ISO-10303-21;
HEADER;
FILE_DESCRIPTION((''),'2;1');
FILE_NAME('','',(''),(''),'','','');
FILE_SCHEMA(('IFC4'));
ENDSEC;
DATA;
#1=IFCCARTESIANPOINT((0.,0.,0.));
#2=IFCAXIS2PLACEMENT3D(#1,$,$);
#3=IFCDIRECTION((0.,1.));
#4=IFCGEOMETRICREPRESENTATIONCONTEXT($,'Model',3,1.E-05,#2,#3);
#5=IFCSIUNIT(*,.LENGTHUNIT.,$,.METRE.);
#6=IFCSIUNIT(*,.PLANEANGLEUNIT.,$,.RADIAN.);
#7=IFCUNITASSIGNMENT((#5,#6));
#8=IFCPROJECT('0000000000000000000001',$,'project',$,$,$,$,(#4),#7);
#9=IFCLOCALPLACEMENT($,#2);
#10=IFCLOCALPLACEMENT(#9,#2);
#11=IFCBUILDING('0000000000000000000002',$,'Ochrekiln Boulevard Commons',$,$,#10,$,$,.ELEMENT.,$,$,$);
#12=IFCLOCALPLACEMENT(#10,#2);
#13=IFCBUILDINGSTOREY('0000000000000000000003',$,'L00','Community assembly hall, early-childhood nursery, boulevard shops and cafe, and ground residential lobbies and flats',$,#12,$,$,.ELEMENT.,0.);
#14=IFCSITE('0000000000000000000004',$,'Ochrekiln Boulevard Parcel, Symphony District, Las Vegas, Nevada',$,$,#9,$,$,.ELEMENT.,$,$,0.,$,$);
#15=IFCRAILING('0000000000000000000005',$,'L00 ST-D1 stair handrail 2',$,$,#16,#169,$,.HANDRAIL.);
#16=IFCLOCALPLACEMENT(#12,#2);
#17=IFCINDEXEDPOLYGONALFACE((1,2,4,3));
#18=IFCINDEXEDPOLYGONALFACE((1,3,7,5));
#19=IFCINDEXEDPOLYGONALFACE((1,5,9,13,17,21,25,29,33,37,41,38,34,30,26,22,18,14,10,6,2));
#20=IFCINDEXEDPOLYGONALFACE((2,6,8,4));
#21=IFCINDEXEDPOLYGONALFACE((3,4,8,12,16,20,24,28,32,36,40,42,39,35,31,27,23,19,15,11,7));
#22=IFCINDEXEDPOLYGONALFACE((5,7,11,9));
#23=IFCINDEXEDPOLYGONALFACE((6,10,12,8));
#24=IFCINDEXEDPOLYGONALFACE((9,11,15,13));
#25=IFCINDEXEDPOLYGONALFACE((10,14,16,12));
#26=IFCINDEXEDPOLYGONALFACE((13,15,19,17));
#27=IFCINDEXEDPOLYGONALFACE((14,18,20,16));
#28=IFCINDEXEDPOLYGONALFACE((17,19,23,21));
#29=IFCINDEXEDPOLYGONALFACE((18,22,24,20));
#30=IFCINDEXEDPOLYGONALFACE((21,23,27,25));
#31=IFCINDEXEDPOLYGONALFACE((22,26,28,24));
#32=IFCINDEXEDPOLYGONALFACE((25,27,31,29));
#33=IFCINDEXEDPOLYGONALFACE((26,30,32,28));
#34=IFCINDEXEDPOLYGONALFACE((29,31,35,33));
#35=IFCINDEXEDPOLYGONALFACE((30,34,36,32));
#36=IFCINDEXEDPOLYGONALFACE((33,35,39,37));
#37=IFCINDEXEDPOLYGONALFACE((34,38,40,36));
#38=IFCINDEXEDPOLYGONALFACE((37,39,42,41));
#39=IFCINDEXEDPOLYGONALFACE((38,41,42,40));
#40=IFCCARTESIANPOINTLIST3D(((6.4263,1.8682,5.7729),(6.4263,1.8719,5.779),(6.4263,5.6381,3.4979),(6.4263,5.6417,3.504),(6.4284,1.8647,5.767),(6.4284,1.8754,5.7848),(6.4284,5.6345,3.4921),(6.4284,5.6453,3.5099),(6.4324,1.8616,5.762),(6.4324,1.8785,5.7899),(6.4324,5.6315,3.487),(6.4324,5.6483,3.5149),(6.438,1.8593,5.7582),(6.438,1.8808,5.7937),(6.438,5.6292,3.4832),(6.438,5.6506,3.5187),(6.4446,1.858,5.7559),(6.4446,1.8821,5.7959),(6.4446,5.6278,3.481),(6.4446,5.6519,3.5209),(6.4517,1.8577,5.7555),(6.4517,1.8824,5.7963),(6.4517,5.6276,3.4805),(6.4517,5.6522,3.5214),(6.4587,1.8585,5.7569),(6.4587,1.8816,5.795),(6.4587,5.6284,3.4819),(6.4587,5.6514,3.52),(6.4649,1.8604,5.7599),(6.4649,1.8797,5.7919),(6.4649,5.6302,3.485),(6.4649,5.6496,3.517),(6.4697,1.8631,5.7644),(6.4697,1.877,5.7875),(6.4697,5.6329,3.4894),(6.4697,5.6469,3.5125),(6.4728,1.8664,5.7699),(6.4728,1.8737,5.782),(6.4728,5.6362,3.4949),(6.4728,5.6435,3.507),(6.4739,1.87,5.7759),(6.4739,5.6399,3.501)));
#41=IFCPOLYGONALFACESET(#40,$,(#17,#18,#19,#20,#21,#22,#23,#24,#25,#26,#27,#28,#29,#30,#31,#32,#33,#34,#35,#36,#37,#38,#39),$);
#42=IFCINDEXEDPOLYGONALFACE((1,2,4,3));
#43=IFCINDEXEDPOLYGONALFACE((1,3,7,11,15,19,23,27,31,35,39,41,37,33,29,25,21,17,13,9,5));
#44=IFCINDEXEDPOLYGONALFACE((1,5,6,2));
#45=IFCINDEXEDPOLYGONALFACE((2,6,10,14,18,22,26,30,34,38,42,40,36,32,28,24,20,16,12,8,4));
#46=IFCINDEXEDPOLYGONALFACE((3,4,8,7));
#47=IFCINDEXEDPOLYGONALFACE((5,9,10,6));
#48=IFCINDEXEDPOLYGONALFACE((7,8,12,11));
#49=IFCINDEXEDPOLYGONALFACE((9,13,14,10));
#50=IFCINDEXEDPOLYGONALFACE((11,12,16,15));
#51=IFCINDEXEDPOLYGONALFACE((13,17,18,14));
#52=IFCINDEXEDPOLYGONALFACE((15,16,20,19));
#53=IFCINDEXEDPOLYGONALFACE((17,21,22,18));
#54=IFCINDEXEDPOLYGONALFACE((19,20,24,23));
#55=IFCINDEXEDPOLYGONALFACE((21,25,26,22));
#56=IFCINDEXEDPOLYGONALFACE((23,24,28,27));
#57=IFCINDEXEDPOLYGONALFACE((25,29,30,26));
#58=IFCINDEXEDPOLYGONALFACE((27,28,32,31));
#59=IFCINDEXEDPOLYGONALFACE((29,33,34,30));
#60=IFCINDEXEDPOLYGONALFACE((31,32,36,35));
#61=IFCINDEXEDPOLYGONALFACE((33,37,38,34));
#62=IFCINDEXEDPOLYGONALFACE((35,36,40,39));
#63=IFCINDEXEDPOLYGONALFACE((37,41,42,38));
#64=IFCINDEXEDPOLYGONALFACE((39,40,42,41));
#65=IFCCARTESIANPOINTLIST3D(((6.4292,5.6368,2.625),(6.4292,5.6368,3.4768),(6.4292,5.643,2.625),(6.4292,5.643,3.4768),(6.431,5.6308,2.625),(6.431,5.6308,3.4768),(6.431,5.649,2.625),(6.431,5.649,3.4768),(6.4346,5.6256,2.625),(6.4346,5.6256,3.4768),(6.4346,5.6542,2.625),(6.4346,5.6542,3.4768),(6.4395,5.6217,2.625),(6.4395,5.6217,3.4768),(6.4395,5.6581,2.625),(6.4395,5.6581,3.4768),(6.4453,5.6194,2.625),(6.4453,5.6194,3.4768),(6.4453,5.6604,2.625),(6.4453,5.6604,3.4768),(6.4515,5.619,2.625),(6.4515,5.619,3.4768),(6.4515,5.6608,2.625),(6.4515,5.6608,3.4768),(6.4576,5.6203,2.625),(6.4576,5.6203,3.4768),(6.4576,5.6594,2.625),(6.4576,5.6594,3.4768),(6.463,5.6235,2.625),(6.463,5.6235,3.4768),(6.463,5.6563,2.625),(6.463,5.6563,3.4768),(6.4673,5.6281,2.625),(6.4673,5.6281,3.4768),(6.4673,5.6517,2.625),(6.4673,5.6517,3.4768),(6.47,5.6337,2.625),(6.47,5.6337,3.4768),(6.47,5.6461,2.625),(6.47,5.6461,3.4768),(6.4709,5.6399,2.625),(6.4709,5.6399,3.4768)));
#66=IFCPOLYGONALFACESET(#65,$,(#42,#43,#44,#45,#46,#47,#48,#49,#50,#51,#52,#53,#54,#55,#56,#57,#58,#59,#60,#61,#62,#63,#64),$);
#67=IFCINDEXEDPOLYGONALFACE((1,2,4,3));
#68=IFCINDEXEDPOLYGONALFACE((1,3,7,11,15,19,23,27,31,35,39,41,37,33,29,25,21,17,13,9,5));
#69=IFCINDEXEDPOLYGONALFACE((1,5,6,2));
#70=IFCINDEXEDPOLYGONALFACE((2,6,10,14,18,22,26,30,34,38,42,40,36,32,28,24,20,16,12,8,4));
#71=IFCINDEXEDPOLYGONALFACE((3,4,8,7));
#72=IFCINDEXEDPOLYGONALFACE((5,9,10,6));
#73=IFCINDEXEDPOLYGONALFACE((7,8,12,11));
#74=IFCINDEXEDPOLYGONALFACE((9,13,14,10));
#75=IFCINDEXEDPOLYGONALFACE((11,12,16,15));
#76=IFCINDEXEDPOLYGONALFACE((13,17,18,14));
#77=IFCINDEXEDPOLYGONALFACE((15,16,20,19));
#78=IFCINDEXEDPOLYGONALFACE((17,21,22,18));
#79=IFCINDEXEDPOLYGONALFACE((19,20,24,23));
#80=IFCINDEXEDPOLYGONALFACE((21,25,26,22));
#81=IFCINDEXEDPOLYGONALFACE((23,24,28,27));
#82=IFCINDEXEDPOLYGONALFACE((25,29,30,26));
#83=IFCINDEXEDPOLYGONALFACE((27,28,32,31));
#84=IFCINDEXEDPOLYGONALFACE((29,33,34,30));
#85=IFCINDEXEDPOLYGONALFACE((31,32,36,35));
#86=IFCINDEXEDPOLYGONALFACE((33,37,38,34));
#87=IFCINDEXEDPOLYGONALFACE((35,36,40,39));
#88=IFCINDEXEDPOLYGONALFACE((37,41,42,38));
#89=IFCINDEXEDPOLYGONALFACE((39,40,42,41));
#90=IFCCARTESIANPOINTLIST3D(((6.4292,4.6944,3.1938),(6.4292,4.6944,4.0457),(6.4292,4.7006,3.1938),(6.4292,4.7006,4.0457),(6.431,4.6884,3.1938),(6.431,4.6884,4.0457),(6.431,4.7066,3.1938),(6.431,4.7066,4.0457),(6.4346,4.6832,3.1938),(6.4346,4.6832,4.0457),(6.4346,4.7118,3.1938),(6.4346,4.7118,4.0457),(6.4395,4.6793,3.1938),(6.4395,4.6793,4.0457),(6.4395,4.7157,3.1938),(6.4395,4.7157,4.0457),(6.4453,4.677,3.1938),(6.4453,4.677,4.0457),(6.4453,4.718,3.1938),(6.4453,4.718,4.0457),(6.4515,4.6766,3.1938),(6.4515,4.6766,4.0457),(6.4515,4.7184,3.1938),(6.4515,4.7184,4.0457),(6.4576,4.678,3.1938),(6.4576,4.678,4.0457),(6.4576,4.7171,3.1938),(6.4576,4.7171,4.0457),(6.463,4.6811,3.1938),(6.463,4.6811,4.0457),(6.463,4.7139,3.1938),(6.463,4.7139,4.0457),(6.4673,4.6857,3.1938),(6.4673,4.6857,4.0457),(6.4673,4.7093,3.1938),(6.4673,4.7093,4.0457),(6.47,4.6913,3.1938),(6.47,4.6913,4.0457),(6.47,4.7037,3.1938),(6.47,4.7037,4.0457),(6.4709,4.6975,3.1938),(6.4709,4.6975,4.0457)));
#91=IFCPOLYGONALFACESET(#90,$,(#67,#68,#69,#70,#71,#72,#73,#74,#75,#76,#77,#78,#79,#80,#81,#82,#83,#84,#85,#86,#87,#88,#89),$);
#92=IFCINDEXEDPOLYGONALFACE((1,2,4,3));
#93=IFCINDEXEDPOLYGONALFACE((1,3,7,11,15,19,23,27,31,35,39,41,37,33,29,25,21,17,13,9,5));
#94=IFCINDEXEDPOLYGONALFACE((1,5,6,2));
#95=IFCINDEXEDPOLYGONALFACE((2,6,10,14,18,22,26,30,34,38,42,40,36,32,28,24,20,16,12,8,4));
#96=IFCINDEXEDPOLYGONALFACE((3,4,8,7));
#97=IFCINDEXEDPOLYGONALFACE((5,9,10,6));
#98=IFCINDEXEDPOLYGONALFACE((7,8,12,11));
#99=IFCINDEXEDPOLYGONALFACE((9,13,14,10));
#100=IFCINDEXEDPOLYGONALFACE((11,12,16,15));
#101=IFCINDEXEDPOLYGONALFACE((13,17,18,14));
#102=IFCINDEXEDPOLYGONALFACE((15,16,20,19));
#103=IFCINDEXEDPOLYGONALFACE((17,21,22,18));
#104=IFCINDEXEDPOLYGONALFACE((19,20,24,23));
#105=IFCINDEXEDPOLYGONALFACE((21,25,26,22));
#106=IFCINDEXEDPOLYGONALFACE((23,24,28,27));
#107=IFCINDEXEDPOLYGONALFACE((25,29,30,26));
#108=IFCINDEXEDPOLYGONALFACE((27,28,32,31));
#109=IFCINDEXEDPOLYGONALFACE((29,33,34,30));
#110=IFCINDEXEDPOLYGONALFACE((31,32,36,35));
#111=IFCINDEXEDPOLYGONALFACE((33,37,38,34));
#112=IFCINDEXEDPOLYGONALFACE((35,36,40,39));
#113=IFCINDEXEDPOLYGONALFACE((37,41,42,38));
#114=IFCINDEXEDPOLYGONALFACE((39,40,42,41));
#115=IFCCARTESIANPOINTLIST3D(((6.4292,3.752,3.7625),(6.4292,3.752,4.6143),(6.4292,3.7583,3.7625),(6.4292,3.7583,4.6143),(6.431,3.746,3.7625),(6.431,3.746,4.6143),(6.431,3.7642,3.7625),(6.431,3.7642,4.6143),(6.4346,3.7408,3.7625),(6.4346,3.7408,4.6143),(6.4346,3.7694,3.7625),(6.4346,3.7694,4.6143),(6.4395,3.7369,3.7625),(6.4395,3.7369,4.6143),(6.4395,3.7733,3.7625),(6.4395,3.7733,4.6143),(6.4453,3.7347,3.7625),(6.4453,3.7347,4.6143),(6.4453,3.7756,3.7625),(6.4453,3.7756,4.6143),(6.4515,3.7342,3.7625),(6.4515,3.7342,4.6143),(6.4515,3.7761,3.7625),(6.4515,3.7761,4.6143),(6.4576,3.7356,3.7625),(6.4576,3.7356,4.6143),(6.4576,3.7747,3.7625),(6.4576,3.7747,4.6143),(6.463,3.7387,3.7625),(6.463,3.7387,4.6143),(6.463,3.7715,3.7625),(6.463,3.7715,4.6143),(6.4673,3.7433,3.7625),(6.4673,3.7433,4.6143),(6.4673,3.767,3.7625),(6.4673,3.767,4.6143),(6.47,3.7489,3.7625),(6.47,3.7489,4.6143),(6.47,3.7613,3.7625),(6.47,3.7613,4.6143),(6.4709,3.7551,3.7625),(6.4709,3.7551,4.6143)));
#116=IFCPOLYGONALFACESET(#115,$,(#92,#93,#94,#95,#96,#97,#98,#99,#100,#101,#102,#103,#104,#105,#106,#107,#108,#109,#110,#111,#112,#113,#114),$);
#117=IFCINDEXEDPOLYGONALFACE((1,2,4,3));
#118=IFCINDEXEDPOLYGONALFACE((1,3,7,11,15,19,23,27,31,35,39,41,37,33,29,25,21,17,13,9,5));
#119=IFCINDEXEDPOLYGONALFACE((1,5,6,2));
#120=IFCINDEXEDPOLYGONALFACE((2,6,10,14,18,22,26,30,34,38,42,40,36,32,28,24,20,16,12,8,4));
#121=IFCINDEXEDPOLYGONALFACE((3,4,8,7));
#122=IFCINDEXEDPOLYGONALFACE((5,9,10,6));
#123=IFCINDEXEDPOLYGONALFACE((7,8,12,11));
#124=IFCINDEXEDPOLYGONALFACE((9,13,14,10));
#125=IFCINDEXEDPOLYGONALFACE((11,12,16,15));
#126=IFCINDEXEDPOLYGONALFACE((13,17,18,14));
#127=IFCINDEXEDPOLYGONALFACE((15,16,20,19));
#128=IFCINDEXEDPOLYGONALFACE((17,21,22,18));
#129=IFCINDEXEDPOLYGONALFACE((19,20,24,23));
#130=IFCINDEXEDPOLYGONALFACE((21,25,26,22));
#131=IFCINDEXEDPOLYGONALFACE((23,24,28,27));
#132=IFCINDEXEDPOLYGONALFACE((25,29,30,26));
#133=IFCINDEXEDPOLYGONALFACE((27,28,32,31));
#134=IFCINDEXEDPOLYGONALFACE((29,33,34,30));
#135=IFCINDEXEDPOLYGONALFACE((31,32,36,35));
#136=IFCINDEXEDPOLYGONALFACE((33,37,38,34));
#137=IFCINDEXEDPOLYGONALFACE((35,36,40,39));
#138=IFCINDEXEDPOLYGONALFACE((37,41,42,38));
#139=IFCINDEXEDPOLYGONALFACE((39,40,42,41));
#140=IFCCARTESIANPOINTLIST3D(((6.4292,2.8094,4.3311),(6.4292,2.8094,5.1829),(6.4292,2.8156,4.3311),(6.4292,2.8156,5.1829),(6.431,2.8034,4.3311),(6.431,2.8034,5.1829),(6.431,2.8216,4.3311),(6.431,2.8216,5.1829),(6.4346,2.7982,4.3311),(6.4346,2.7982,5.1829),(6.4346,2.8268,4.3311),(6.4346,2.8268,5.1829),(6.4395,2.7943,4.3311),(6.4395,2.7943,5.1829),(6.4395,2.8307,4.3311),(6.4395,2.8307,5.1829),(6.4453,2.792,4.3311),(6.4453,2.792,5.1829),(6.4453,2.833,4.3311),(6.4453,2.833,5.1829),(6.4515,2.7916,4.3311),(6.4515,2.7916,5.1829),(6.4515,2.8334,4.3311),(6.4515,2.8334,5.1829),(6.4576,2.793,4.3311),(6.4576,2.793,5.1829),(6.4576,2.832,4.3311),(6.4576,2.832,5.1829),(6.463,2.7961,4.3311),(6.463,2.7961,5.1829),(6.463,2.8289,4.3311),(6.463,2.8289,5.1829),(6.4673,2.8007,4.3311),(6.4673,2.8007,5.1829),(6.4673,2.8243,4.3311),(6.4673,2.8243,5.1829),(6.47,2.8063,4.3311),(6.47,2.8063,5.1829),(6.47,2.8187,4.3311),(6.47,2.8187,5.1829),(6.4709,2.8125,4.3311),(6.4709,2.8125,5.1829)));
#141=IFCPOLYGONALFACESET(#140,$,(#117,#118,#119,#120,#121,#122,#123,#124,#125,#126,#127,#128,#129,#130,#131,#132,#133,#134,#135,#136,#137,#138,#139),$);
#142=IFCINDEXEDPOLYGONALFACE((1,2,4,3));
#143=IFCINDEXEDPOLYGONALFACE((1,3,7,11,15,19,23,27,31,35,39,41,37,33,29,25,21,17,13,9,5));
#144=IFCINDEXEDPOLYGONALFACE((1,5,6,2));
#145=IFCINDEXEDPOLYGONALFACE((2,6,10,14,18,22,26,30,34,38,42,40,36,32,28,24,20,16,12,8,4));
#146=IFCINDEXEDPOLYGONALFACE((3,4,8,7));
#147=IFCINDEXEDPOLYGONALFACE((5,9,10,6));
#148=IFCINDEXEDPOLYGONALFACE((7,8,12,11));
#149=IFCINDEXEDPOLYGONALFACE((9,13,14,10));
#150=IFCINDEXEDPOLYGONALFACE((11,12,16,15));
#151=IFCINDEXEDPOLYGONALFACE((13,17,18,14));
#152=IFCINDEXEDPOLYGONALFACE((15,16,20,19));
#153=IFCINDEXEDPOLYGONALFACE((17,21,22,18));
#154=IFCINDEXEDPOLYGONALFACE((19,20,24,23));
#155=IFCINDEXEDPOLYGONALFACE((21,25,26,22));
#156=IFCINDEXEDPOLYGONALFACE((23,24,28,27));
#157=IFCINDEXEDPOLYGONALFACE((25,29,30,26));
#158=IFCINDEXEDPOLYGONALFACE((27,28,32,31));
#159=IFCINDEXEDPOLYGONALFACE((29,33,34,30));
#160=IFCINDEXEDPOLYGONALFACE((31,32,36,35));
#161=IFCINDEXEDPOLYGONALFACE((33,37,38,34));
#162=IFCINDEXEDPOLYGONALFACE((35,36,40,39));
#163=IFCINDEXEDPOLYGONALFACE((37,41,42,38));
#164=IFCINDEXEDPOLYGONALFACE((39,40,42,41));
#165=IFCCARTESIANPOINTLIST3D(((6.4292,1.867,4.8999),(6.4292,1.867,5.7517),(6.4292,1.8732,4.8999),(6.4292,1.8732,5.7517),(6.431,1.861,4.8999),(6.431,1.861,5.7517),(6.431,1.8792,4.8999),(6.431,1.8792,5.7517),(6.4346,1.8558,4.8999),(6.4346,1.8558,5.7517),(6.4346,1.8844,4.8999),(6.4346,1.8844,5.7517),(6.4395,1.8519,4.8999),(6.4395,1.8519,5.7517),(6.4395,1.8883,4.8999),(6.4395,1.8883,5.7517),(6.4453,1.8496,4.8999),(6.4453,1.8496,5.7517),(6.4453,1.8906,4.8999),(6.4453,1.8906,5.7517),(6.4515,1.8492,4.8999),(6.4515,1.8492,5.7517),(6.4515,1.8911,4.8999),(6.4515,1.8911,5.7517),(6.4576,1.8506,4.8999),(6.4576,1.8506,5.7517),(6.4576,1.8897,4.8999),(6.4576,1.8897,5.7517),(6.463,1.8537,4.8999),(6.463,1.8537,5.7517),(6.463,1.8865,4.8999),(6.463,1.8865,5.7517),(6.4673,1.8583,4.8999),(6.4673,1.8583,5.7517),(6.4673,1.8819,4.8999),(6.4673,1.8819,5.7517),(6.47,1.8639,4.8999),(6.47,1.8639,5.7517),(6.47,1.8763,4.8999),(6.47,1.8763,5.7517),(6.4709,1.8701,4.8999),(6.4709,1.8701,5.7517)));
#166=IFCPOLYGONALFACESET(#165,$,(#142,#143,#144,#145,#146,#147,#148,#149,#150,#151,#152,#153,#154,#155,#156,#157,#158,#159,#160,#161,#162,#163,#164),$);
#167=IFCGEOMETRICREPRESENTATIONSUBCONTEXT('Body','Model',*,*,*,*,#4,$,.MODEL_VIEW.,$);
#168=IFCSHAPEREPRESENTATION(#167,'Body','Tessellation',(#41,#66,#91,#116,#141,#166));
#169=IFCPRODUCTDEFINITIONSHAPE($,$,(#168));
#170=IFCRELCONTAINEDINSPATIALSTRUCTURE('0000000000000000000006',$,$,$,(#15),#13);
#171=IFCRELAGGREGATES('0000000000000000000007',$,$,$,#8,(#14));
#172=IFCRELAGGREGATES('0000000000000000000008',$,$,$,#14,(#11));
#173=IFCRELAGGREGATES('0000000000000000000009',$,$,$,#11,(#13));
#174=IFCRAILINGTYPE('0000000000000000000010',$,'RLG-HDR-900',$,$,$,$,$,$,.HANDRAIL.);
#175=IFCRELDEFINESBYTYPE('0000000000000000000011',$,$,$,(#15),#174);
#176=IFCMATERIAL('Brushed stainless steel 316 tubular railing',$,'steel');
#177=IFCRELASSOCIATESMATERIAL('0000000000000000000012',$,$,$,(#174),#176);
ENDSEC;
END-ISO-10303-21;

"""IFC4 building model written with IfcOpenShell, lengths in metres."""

from ifc_helpers import new_model, si_unit, direction, frame, origin, origin_2d, place, context, subcontext, project, spatial, circle, extrude, material, type_object, element, save


model = new_model("IFC4")

# Units and contexts
model_context = context("Model", 3, precision=1e-05, world=origin(), true_north=direction((0.0, 1.0)))
body_context = subcontext(model_context, "Body", "Model", "MODEL_VIEW")
ifc_project = project(units=[si_unit("LENGTHUNIT", "METRE"), si_unit("PLANEANGLEUNIT", "RADIAN")], contexts=[model_context])

# Site, building, storey
site_placement = place(None, origin())
site = spatial("IfcSite", under=ifc_project, at=site_placement, Name="Ochrekiln Boulevard Parcel, Symphony District, Las Vegas, Nevada", CompositionType="ELEMENT", RefElevation=0.0)
building_placement = place(site_placement, origin())
building = spatial("IfcBuilding", under=site, at=building_placement, Name="Ochrekiln Boulevard Commons", CompositionType="ELEMENT")
storey_placement = place(building_placement, origin())
storey = spatial("IfcBuildingStorey", under=building, at=storey_placement, Name="L00", Description="Community assembly hall, early-childhood nursery, boulevard shops and cafe, and ground residential lobbies and flats", CompositionType="ELEMENT", Elevation=0.0)

# Railing
ifc_material_1 = material(Name="Brushed stainless steel 316 tubular railing", Category="steel")
railing_type_1 = type_object("IfcRailingType", Name="RLG-HDR-900", PredefinedType="HANDRAIL", material=ifc_material_1)
railing_1_placement = place(storey_placement, frame((6.45, 5.6399, 2.625)))
element("IfcRailing", 1, at=railing_1_placement, inside=storey, type_object=railing_type_1, Name="L00 ST-D1 stair handrail 2", PredefinedType="HANDRAIL", context=body_context, shape_type="SweptSolid", body=[
    extrude(circle(Radius=0.0239, at=origin_2d()), frame((0.0, 0.0, 0.876), z_axis=(0.0, -0.856184, 0.516671), x_axis=(1.0, 0.0, 0.0)), (0.0, 0.0, 1.0), 4.4031),
    extrude(circle(Radius=0.021, at=origin_2d()), origin(), (0.0, 0.0, 1.0), 0.8518),
    extrude(circle(Radius=0.021, at=origin_2d()), frame((0.0, -0.9424, 0.5688)), (0.0, 0.0, 1.0), 0.8518),
    extrude(circle(Radius=0.021, at=origin_2d()), frame((0.0, -1.8848, 1.1375)), (0.0, 0.0, 1.0), 0.8518),
    extrude(circle(Radius=0.021, at=origin_2d()), frame((0.0, -2.8274, 1.7061)), (0.0, 0.0, 1.0), 0.8518),
    extrude(circle(Radius=0.021, at=origin_2d()), frame((0.0, -3.7698, 2.2749)), (0.0, 0.0, 1.0), 0.8518),
])

save(model, "model.ifc")
